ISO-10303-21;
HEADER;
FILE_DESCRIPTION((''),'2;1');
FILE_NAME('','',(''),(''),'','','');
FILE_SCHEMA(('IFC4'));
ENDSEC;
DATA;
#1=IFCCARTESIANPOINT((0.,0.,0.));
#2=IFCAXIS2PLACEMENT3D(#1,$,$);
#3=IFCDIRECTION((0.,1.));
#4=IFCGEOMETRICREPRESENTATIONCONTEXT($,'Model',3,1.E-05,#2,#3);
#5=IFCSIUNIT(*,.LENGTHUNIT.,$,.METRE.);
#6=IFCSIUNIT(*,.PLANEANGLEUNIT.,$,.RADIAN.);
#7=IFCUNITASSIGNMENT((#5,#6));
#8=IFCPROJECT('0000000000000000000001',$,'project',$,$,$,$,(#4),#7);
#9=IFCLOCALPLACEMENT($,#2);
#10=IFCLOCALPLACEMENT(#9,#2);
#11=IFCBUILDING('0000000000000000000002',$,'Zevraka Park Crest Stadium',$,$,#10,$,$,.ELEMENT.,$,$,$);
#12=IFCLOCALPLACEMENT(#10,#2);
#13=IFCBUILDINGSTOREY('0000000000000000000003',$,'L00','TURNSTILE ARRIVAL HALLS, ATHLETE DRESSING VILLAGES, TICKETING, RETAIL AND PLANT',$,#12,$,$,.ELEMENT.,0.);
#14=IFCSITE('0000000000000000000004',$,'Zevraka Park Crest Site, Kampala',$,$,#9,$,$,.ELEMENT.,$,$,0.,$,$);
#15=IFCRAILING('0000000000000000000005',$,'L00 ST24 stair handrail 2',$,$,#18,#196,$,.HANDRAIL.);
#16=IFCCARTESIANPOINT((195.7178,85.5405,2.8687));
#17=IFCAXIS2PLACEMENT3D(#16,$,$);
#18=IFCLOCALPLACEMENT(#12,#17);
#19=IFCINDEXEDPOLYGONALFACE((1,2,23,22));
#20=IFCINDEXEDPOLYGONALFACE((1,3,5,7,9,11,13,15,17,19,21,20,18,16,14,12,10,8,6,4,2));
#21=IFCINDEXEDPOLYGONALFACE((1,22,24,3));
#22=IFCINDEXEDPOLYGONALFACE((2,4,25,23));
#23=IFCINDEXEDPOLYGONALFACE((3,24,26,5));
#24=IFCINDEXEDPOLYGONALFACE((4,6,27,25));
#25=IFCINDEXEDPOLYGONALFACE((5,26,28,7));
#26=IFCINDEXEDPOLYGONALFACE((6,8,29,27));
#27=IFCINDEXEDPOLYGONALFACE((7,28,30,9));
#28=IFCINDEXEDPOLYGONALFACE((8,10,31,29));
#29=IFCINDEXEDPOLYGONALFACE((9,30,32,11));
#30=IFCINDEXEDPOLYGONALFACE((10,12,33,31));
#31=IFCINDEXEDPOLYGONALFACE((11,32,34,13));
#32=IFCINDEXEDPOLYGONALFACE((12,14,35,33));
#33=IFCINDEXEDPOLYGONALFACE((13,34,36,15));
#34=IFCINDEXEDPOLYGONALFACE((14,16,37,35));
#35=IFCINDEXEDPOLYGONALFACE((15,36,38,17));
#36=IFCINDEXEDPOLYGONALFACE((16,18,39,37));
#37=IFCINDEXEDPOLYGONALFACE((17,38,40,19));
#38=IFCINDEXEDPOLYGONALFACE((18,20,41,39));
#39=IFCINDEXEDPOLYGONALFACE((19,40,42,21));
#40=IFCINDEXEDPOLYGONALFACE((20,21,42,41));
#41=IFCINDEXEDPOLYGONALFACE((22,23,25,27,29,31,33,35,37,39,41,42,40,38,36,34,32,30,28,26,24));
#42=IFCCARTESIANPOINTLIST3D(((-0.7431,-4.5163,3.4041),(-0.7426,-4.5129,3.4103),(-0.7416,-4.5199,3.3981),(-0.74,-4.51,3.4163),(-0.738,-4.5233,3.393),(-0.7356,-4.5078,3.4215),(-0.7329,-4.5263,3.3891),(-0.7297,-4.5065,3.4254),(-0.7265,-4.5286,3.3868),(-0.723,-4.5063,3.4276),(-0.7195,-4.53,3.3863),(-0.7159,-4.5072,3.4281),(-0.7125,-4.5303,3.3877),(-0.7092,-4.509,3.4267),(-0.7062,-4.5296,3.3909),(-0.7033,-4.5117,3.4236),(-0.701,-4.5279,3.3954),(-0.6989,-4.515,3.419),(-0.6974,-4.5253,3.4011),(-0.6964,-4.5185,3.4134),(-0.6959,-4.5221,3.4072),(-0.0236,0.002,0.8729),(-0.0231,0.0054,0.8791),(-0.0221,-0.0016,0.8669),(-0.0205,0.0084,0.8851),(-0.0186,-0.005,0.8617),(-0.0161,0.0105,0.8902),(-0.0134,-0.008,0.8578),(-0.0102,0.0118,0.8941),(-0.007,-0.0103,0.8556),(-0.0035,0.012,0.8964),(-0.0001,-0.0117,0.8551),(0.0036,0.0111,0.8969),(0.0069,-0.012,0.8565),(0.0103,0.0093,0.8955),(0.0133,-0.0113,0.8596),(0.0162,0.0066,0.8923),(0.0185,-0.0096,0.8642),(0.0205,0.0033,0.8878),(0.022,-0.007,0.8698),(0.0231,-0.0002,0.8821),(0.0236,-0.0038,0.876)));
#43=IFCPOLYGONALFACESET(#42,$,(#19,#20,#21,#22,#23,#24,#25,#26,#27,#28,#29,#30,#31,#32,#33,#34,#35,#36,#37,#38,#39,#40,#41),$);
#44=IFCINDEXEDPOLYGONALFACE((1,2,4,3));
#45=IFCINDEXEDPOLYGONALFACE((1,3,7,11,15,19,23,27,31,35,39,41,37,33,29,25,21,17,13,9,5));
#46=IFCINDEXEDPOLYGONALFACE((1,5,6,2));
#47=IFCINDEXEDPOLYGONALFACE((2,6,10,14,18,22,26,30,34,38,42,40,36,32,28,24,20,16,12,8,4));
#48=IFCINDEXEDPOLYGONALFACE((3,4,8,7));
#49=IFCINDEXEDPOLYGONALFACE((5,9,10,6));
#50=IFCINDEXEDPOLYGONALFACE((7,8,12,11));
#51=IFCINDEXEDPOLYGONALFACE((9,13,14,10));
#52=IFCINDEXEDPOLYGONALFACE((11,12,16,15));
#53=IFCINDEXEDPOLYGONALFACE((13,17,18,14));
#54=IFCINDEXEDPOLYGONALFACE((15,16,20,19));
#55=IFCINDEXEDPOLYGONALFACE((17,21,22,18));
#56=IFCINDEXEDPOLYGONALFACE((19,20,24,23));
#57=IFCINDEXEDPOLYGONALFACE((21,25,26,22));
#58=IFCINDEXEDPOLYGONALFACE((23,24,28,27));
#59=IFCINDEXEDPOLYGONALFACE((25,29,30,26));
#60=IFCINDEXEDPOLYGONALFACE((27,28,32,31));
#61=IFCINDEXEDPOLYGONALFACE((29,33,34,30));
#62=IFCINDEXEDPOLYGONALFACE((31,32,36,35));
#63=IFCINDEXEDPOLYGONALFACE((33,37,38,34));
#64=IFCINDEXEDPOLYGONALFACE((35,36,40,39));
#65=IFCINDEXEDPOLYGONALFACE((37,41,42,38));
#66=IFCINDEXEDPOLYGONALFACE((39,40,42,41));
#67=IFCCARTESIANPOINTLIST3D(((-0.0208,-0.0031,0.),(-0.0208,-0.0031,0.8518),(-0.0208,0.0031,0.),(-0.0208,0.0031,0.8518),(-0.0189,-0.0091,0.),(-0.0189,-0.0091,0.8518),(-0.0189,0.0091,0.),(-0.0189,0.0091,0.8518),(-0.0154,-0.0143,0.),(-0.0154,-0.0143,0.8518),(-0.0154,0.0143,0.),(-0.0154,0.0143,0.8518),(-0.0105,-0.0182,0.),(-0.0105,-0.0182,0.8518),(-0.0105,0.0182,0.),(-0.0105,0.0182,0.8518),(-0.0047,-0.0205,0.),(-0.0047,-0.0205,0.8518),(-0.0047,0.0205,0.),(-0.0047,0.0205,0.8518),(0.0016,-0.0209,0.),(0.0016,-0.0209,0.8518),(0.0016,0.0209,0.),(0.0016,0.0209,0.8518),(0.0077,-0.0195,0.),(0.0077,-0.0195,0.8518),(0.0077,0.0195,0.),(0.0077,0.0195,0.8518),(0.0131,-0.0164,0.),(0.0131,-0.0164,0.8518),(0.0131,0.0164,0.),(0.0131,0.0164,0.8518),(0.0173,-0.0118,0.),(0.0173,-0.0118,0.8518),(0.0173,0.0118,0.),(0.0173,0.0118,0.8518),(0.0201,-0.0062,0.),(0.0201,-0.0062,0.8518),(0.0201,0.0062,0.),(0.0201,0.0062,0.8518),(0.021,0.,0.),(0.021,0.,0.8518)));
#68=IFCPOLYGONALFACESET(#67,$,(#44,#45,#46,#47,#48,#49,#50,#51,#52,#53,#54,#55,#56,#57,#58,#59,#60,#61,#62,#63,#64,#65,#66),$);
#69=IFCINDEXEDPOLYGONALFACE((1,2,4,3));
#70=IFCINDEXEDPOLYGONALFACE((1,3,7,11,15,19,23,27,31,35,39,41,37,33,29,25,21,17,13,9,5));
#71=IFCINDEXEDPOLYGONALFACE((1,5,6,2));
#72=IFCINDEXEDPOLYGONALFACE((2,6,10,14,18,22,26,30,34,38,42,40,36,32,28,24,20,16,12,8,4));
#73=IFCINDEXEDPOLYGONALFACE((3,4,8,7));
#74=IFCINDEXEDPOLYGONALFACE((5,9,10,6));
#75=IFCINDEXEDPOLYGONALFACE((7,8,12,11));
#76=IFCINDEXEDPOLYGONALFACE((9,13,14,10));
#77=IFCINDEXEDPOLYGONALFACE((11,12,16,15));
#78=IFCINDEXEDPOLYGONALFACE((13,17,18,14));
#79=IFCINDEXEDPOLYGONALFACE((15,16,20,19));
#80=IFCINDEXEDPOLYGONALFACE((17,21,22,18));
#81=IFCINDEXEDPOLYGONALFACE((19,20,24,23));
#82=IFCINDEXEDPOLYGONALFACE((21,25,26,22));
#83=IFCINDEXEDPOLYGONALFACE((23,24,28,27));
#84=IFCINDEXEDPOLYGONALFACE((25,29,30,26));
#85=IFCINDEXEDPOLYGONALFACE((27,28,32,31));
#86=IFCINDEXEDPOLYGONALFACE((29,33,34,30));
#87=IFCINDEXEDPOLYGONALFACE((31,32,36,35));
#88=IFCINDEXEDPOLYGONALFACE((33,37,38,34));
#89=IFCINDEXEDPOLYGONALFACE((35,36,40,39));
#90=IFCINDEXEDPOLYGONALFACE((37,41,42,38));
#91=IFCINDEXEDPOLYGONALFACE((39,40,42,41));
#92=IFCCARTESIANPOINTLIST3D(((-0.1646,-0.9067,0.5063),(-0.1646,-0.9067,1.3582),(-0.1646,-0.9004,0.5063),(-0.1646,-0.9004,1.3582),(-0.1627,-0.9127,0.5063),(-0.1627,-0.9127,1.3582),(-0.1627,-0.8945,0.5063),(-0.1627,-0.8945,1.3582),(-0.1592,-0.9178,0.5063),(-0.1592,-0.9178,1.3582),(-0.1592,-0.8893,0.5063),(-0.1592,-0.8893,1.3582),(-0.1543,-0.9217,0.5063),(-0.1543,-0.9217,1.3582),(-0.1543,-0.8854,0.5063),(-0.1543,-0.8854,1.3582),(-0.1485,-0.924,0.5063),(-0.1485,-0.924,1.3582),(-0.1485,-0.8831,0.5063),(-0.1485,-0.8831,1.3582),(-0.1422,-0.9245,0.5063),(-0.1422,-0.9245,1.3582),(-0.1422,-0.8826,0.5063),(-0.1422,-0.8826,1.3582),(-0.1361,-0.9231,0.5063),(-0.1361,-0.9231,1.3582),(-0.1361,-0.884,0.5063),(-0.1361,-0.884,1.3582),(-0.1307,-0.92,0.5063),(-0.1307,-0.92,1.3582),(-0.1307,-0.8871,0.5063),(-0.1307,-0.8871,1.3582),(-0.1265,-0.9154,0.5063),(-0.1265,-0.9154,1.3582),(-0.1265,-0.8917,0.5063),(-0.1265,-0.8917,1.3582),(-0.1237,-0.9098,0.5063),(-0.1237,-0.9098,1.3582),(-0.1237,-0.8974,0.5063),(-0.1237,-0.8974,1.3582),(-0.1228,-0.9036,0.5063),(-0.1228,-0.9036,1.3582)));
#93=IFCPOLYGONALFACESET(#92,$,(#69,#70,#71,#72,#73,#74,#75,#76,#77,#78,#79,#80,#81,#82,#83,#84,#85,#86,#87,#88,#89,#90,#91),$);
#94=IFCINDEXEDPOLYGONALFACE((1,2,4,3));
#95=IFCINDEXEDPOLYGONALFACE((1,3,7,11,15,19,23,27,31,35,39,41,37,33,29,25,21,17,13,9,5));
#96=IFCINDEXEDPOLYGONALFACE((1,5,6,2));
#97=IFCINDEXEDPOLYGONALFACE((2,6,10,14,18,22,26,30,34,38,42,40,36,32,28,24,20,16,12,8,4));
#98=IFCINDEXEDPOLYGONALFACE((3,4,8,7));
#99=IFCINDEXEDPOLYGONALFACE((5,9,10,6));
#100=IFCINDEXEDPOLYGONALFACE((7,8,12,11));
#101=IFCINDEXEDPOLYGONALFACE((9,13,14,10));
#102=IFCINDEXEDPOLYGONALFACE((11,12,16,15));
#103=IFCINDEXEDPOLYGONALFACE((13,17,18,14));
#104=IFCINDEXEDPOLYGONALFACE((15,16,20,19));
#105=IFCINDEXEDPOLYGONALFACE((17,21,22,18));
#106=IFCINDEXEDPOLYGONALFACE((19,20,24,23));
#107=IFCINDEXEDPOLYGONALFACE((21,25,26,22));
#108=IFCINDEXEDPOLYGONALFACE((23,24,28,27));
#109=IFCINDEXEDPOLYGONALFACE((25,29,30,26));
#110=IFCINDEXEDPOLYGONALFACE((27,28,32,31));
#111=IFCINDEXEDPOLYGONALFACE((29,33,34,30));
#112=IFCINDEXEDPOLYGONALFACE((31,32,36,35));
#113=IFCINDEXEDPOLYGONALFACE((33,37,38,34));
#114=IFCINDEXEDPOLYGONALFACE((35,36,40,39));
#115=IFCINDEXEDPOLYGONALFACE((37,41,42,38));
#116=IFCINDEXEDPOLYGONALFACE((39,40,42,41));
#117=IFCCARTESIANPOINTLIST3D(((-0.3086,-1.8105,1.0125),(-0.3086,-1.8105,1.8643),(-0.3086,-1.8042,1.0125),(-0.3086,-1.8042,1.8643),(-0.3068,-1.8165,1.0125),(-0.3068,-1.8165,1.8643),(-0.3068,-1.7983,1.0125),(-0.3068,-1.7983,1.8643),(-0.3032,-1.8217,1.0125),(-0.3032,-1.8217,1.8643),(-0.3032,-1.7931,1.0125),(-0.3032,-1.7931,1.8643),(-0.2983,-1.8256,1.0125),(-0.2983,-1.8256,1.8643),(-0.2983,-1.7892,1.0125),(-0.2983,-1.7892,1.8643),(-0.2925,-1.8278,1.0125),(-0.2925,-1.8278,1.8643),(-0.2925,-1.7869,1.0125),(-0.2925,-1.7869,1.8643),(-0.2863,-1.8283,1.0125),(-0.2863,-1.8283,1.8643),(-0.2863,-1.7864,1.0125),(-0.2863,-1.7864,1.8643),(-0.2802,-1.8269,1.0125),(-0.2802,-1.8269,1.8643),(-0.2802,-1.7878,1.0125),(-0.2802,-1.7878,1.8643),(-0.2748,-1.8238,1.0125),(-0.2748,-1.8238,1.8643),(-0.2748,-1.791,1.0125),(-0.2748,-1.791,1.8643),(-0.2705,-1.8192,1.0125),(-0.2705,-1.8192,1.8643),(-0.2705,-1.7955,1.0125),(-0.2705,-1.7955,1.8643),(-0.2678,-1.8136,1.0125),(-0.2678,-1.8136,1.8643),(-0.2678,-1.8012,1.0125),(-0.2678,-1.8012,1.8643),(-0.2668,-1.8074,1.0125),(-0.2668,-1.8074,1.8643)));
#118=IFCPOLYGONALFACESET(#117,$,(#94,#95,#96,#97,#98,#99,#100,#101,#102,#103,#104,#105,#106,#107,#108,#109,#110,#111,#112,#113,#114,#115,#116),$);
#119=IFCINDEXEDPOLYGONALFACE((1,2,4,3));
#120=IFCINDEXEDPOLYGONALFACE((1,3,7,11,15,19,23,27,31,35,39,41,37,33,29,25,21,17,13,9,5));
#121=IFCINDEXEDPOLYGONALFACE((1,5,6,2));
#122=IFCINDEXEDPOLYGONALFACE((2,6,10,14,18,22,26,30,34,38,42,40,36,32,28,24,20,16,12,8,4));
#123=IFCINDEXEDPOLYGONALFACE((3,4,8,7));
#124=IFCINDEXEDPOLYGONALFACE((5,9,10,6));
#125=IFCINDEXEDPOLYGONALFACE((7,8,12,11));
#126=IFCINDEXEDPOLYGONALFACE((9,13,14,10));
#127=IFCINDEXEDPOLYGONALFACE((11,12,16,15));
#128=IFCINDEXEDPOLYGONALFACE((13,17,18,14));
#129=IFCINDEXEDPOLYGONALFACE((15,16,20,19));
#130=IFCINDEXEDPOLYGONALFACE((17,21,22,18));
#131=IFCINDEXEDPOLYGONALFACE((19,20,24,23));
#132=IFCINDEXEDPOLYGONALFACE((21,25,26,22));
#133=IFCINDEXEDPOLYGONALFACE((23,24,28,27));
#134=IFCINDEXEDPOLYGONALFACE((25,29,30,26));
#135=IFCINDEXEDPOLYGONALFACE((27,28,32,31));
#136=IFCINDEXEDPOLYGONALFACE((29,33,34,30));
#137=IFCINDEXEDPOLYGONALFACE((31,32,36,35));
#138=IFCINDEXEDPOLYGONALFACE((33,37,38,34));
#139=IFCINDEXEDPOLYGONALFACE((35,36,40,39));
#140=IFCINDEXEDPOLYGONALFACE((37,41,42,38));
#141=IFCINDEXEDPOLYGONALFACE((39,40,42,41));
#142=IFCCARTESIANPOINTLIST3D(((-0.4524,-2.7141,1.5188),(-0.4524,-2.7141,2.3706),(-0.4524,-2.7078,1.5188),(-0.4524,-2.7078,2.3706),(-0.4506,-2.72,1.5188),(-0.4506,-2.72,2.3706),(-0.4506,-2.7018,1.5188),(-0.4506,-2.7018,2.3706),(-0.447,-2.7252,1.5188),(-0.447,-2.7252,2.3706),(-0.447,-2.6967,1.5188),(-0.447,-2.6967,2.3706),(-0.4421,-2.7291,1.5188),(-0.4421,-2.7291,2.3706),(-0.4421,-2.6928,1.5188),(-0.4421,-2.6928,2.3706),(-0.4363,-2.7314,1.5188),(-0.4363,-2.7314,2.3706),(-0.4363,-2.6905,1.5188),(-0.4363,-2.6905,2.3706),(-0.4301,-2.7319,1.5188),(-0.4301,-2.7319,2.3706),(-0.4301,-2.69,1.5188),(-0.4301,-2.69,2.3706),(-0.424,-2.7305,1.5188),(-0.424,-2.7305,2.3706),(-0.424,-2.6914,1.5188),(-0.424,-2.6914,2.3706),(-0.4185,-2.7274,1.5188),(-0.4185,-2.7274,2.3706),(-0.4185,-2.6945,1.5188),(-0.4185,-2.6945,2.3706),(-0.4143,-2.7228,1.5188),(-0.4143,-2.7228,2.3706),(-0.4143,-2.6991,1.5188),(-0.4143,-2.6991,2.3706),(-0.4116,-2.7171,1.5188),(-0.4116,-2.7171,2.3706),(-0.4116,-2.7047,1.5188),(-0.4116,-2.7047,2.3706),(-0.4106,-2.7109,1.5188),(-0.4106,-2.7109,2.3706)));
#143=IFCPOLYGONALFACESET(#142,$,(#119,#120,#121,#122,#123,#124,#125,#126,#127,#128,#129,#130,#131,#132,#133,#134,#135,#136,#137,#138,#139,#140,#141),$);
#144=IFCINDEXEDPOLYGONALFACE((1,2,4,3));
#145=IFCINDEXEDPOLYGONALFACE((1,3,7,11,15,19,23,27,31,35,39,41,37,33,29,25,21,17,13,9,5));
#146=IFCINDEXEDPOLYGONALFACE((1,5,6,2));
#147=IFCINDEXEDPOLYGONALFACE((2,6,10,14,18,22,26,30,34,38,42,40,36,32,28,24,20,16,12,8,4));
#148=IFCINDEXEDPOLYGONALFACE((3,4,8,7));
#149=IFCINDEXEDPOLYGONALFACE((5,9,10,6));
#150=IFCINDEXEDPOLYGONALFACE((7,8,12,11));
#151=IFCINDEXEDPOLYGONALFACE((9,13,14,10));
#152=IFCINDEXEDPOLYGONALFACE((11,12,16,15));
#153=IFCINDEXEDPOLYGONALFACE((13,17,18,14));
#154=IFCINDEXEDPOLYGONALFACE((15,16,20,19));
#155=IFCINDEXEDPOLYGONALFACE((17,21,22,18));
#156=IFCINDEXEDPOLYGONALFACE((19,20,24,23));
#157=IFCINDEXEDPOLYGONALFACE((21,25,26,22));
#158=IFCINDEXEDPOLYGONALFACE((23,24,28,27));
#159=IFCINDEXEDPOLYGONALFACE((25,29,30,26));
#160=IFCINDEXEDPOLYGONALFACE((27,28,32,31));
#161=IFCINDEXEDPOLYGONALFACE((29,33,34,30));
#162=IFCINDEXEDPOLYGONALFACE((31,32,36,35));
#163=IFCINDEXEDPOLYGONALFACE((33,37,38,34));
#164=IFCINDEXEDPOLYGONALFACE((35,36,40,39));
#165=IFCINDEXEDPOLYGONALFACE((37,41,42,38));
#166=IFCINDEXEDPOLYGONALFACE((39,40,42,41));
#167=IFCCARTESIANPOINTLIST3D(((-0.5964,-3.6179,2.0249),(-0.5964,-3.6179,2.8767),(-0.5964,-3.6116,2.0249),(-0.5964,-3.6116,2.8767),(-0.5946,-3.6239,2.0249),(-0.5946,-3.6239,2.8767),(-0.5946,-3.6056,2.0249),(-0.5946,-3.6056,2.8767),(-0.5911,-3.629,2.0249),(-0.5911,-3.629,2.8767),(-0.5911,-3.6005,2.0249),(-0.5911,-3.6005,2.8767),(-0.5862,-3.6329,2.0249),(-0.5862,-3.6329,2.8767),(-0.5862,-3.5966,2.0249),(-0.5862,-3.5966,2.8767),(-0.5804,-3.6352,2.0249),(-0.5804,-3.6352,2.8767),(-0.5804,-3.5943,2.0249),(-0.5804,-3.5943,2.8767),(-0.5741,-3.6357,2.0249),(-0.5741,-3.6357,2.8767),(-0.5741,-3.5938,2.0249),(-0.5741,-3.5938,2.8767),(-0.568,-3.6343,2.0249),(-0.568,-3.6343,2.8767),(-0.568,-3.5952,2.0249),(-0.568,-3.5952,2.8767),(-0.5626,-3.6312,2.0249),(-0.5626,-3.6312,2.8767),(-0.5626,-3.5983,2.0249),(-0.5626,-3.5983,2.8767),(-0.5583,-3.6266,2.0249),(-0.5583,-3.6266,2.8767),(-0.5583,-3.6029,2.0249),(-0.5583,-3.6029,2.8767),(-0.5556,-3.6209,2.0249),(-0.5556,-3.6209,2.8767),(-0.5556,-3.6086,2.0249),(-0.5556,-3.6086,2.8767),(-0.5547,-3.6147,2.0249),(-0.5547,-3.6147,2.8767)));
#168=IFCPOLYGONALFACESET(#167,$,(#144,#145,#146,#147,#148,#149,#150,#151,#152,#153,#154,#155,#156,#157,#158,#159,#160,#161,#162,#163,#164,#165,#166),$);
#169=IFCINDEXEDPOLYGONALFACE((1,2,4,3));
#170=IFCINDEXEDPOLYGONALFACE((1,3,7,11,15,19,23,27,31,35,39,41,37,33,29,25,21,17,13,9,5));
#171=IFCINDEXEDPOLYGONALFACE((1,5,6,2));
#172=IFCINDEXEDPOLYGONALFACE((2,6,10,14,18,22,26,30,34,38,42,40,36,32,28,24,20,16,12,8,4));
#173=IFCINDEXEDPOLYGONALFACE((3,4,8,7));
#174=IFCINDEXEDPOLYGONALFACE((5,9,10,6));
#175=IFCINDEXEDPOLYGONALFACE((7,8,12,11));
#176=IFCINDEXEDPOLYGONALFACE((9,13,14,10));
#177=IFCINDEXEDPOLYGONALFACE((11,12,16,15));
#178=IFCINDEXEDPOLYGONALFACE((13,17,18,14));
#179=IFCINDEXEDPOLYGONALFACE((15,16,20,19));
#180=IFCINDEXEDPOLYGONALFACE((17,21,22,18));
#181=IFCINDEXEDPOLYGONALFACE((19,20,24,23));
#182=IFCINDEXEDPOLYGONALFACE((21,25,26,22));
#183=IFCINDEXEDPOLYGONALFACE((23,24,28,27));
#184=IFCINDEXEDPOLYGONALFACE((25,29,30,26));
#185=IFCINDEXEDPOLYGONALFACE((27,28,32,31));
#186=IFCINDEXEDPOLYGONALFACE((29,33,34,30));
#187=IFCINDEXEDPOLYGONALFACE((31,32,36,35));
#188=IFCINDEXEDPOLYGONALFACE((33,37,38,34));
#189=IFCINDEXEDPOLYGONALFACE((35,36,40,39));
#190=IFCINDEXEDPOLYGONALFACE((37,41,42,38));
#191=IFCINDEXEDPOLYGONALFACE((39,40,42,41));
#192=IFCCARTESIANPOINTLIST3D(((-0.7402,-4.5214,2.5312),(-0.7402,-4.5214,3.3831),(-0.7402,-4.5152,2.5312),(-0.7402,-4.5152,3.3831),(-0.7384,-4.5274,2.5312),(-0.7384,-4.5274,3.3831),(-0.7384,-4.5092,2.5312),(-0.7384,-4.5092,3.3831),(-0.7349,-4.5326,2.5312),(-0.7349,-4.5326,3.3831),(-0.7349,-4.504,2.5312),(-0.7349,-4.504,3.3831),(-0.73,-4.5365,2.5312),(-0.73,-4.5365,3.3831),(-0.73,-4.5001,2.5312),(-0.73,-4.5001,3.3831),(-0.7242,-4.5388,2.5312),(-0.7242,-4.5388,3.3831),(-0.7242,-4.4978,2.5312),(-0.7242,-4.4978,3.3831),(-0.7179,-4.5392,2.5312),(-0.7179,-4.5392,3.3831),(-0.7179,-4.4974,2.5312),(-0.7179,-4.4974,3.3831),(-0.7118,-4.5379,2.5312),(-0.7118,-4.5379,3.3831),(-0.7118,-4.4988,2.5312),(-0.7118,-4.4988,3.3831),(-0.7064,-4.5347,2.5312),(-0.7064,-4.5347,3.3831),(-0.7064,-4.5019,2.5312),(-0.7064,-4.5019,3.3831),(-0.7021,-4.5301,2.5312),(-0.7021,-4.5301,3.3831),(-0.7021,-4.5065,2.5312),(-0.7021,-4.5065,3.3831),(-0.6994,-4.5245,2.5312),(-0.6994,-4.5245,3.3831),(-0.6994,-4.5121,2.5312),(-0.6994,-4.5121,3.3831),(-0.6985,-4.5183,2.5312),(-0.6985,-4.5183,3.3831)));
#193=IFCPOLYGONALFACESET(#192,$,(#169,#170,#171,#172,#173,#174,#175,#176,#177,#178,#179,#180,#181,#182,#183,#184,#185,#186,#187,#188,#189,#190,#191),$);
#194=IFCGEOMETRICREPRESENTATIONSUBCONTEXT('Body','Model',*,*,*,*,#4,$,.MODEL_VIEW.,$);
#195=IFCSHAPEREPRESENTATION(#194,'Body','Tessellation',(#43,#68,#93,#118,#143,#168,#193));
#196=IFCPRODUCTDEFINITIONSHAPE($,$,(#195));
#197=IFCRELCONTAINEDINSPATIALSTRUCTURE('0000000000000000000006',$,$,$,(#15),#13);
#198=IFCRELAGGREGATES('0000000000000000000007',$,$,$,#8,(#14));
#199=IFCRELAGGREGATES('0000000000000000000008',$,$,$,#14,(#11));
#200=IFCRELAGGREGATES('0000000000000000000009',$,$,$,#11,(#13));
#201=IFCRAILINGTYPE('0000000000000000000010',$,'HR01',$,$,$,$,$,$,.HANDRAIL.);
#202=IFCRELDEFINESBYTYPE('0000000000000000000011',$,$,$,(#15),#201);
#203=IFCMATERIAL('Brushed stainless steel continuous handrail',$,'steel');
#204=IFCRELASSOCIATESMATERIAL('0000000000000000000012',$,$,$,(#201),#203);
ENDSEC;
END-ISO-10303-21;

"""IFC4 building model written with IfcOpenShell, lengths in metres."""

from ifc_helpers import new_model, si_unit, direction, frame, origin, origin_2d, place, context, subcontext, project, spatial, circle, extrude, material, type_object, element, save


model = new_model("IFC4")

# Units and contexts
model_context = context("Model", 3, precision=1e-05, world=origin(), true_north=direction((0.0, 1.0)))
body_context = subcontext(model_context, "Body", "Model", "MODEL_VIEW")
ifc_project = project(units=[si_unit("LENGTHUNIT", "METRE"), si_unit("PLANEANGLEUNIT", "RADIAN")], contexts=[model_context])

# Site, building, storey
site_placement = place(None, origin())
site = spatial("IfcSite", under=ifc_project, at=site_placement, Name="Zevraka Park Crest Site, Kampala", CompositionType="ELEMENT", RefElevation=0.0)
building_placement = place(site_placement, origin())
building = spatial("IfcBuilding", under=site, at=building_placement, Name="Zevraka Park Crest Stadium", CompositionType="ELEMENT")
storey_placement = place(building_placement, origin())
storey = spatial("IfcBuildingStorey", under=building, at=storey_placement, Name="L00", Description="TURNSTILE ARRIVAL HALLS, ATHLETE DRESSING VILLAGES, TICKETING, RETAIL AND PLANT", CompositionType="ELEMENT", Elevation=0.0)

# Railing
ifc_material_1 = material(Name="Brushed stainless steel continuous handrail", Category="steel")
railing_type_1 = type_object("IfcRailingType", Name="HR01", PredefinedType="HANDRAIL", material=ifc_material_1)
railing_1_placement = place(storey_placement, frame((195.7178, 85.5405, 2.8687)))
element("IfcRailing", 1, at=railing_1_placement, inside=storey, type_object=railing_type_1, Name="L00 ST24 stair handrail 2", PredefinedType="HANDRAIL", context=body_context, shape_type="SweptSolid", body=[
    extrude(circle(Radius=0.0239, at=origin_2d()), frame((0.0, 0.0, 0.876), z_axis=(-0.137601, -0.864125, 0.484101), x_axis=(0.987558, -0.157256, 0.0)), (0.0, 0.0, 1.0), 5.2288),
    extrude(circle(Radius=0.021, at=origin_2d()), origin(), (0.0, 0.0, 1.0), 0.8518),
    extrude(circle(Radius=0.021, at=origin_2d()), frame((-0.1438, -0.9036, 0.5063)), (0.0, 0.0, 1.0), 0.8518),
    extrude(circle(Radius=0.021, at=origin_2d()), frame((-0.2878, -1.8074, 1.0125)), (0.0, 0.0, 1.0), 0.8518),
    extrude(circle(Radius=0.021, at=origin_2d()), frame((-0.4316, -2.7109, 1.5188)), (0.0, 0.0, 1.0), 0.8518),
    extrude(circle(Radius=0.021, at=origin_2d()), frame((-0.5757, -3.6147, 2.0249)), (0.0, 0.0, 1.0), 0.8518),
    extrude(circle(Radius=0.021, at=origin_2d()), frame((-0.7195, -4.5183, 2.5312)), (0.0, 0.0, 1.0), 0.8518),
])

save(model, "model.ifc")
